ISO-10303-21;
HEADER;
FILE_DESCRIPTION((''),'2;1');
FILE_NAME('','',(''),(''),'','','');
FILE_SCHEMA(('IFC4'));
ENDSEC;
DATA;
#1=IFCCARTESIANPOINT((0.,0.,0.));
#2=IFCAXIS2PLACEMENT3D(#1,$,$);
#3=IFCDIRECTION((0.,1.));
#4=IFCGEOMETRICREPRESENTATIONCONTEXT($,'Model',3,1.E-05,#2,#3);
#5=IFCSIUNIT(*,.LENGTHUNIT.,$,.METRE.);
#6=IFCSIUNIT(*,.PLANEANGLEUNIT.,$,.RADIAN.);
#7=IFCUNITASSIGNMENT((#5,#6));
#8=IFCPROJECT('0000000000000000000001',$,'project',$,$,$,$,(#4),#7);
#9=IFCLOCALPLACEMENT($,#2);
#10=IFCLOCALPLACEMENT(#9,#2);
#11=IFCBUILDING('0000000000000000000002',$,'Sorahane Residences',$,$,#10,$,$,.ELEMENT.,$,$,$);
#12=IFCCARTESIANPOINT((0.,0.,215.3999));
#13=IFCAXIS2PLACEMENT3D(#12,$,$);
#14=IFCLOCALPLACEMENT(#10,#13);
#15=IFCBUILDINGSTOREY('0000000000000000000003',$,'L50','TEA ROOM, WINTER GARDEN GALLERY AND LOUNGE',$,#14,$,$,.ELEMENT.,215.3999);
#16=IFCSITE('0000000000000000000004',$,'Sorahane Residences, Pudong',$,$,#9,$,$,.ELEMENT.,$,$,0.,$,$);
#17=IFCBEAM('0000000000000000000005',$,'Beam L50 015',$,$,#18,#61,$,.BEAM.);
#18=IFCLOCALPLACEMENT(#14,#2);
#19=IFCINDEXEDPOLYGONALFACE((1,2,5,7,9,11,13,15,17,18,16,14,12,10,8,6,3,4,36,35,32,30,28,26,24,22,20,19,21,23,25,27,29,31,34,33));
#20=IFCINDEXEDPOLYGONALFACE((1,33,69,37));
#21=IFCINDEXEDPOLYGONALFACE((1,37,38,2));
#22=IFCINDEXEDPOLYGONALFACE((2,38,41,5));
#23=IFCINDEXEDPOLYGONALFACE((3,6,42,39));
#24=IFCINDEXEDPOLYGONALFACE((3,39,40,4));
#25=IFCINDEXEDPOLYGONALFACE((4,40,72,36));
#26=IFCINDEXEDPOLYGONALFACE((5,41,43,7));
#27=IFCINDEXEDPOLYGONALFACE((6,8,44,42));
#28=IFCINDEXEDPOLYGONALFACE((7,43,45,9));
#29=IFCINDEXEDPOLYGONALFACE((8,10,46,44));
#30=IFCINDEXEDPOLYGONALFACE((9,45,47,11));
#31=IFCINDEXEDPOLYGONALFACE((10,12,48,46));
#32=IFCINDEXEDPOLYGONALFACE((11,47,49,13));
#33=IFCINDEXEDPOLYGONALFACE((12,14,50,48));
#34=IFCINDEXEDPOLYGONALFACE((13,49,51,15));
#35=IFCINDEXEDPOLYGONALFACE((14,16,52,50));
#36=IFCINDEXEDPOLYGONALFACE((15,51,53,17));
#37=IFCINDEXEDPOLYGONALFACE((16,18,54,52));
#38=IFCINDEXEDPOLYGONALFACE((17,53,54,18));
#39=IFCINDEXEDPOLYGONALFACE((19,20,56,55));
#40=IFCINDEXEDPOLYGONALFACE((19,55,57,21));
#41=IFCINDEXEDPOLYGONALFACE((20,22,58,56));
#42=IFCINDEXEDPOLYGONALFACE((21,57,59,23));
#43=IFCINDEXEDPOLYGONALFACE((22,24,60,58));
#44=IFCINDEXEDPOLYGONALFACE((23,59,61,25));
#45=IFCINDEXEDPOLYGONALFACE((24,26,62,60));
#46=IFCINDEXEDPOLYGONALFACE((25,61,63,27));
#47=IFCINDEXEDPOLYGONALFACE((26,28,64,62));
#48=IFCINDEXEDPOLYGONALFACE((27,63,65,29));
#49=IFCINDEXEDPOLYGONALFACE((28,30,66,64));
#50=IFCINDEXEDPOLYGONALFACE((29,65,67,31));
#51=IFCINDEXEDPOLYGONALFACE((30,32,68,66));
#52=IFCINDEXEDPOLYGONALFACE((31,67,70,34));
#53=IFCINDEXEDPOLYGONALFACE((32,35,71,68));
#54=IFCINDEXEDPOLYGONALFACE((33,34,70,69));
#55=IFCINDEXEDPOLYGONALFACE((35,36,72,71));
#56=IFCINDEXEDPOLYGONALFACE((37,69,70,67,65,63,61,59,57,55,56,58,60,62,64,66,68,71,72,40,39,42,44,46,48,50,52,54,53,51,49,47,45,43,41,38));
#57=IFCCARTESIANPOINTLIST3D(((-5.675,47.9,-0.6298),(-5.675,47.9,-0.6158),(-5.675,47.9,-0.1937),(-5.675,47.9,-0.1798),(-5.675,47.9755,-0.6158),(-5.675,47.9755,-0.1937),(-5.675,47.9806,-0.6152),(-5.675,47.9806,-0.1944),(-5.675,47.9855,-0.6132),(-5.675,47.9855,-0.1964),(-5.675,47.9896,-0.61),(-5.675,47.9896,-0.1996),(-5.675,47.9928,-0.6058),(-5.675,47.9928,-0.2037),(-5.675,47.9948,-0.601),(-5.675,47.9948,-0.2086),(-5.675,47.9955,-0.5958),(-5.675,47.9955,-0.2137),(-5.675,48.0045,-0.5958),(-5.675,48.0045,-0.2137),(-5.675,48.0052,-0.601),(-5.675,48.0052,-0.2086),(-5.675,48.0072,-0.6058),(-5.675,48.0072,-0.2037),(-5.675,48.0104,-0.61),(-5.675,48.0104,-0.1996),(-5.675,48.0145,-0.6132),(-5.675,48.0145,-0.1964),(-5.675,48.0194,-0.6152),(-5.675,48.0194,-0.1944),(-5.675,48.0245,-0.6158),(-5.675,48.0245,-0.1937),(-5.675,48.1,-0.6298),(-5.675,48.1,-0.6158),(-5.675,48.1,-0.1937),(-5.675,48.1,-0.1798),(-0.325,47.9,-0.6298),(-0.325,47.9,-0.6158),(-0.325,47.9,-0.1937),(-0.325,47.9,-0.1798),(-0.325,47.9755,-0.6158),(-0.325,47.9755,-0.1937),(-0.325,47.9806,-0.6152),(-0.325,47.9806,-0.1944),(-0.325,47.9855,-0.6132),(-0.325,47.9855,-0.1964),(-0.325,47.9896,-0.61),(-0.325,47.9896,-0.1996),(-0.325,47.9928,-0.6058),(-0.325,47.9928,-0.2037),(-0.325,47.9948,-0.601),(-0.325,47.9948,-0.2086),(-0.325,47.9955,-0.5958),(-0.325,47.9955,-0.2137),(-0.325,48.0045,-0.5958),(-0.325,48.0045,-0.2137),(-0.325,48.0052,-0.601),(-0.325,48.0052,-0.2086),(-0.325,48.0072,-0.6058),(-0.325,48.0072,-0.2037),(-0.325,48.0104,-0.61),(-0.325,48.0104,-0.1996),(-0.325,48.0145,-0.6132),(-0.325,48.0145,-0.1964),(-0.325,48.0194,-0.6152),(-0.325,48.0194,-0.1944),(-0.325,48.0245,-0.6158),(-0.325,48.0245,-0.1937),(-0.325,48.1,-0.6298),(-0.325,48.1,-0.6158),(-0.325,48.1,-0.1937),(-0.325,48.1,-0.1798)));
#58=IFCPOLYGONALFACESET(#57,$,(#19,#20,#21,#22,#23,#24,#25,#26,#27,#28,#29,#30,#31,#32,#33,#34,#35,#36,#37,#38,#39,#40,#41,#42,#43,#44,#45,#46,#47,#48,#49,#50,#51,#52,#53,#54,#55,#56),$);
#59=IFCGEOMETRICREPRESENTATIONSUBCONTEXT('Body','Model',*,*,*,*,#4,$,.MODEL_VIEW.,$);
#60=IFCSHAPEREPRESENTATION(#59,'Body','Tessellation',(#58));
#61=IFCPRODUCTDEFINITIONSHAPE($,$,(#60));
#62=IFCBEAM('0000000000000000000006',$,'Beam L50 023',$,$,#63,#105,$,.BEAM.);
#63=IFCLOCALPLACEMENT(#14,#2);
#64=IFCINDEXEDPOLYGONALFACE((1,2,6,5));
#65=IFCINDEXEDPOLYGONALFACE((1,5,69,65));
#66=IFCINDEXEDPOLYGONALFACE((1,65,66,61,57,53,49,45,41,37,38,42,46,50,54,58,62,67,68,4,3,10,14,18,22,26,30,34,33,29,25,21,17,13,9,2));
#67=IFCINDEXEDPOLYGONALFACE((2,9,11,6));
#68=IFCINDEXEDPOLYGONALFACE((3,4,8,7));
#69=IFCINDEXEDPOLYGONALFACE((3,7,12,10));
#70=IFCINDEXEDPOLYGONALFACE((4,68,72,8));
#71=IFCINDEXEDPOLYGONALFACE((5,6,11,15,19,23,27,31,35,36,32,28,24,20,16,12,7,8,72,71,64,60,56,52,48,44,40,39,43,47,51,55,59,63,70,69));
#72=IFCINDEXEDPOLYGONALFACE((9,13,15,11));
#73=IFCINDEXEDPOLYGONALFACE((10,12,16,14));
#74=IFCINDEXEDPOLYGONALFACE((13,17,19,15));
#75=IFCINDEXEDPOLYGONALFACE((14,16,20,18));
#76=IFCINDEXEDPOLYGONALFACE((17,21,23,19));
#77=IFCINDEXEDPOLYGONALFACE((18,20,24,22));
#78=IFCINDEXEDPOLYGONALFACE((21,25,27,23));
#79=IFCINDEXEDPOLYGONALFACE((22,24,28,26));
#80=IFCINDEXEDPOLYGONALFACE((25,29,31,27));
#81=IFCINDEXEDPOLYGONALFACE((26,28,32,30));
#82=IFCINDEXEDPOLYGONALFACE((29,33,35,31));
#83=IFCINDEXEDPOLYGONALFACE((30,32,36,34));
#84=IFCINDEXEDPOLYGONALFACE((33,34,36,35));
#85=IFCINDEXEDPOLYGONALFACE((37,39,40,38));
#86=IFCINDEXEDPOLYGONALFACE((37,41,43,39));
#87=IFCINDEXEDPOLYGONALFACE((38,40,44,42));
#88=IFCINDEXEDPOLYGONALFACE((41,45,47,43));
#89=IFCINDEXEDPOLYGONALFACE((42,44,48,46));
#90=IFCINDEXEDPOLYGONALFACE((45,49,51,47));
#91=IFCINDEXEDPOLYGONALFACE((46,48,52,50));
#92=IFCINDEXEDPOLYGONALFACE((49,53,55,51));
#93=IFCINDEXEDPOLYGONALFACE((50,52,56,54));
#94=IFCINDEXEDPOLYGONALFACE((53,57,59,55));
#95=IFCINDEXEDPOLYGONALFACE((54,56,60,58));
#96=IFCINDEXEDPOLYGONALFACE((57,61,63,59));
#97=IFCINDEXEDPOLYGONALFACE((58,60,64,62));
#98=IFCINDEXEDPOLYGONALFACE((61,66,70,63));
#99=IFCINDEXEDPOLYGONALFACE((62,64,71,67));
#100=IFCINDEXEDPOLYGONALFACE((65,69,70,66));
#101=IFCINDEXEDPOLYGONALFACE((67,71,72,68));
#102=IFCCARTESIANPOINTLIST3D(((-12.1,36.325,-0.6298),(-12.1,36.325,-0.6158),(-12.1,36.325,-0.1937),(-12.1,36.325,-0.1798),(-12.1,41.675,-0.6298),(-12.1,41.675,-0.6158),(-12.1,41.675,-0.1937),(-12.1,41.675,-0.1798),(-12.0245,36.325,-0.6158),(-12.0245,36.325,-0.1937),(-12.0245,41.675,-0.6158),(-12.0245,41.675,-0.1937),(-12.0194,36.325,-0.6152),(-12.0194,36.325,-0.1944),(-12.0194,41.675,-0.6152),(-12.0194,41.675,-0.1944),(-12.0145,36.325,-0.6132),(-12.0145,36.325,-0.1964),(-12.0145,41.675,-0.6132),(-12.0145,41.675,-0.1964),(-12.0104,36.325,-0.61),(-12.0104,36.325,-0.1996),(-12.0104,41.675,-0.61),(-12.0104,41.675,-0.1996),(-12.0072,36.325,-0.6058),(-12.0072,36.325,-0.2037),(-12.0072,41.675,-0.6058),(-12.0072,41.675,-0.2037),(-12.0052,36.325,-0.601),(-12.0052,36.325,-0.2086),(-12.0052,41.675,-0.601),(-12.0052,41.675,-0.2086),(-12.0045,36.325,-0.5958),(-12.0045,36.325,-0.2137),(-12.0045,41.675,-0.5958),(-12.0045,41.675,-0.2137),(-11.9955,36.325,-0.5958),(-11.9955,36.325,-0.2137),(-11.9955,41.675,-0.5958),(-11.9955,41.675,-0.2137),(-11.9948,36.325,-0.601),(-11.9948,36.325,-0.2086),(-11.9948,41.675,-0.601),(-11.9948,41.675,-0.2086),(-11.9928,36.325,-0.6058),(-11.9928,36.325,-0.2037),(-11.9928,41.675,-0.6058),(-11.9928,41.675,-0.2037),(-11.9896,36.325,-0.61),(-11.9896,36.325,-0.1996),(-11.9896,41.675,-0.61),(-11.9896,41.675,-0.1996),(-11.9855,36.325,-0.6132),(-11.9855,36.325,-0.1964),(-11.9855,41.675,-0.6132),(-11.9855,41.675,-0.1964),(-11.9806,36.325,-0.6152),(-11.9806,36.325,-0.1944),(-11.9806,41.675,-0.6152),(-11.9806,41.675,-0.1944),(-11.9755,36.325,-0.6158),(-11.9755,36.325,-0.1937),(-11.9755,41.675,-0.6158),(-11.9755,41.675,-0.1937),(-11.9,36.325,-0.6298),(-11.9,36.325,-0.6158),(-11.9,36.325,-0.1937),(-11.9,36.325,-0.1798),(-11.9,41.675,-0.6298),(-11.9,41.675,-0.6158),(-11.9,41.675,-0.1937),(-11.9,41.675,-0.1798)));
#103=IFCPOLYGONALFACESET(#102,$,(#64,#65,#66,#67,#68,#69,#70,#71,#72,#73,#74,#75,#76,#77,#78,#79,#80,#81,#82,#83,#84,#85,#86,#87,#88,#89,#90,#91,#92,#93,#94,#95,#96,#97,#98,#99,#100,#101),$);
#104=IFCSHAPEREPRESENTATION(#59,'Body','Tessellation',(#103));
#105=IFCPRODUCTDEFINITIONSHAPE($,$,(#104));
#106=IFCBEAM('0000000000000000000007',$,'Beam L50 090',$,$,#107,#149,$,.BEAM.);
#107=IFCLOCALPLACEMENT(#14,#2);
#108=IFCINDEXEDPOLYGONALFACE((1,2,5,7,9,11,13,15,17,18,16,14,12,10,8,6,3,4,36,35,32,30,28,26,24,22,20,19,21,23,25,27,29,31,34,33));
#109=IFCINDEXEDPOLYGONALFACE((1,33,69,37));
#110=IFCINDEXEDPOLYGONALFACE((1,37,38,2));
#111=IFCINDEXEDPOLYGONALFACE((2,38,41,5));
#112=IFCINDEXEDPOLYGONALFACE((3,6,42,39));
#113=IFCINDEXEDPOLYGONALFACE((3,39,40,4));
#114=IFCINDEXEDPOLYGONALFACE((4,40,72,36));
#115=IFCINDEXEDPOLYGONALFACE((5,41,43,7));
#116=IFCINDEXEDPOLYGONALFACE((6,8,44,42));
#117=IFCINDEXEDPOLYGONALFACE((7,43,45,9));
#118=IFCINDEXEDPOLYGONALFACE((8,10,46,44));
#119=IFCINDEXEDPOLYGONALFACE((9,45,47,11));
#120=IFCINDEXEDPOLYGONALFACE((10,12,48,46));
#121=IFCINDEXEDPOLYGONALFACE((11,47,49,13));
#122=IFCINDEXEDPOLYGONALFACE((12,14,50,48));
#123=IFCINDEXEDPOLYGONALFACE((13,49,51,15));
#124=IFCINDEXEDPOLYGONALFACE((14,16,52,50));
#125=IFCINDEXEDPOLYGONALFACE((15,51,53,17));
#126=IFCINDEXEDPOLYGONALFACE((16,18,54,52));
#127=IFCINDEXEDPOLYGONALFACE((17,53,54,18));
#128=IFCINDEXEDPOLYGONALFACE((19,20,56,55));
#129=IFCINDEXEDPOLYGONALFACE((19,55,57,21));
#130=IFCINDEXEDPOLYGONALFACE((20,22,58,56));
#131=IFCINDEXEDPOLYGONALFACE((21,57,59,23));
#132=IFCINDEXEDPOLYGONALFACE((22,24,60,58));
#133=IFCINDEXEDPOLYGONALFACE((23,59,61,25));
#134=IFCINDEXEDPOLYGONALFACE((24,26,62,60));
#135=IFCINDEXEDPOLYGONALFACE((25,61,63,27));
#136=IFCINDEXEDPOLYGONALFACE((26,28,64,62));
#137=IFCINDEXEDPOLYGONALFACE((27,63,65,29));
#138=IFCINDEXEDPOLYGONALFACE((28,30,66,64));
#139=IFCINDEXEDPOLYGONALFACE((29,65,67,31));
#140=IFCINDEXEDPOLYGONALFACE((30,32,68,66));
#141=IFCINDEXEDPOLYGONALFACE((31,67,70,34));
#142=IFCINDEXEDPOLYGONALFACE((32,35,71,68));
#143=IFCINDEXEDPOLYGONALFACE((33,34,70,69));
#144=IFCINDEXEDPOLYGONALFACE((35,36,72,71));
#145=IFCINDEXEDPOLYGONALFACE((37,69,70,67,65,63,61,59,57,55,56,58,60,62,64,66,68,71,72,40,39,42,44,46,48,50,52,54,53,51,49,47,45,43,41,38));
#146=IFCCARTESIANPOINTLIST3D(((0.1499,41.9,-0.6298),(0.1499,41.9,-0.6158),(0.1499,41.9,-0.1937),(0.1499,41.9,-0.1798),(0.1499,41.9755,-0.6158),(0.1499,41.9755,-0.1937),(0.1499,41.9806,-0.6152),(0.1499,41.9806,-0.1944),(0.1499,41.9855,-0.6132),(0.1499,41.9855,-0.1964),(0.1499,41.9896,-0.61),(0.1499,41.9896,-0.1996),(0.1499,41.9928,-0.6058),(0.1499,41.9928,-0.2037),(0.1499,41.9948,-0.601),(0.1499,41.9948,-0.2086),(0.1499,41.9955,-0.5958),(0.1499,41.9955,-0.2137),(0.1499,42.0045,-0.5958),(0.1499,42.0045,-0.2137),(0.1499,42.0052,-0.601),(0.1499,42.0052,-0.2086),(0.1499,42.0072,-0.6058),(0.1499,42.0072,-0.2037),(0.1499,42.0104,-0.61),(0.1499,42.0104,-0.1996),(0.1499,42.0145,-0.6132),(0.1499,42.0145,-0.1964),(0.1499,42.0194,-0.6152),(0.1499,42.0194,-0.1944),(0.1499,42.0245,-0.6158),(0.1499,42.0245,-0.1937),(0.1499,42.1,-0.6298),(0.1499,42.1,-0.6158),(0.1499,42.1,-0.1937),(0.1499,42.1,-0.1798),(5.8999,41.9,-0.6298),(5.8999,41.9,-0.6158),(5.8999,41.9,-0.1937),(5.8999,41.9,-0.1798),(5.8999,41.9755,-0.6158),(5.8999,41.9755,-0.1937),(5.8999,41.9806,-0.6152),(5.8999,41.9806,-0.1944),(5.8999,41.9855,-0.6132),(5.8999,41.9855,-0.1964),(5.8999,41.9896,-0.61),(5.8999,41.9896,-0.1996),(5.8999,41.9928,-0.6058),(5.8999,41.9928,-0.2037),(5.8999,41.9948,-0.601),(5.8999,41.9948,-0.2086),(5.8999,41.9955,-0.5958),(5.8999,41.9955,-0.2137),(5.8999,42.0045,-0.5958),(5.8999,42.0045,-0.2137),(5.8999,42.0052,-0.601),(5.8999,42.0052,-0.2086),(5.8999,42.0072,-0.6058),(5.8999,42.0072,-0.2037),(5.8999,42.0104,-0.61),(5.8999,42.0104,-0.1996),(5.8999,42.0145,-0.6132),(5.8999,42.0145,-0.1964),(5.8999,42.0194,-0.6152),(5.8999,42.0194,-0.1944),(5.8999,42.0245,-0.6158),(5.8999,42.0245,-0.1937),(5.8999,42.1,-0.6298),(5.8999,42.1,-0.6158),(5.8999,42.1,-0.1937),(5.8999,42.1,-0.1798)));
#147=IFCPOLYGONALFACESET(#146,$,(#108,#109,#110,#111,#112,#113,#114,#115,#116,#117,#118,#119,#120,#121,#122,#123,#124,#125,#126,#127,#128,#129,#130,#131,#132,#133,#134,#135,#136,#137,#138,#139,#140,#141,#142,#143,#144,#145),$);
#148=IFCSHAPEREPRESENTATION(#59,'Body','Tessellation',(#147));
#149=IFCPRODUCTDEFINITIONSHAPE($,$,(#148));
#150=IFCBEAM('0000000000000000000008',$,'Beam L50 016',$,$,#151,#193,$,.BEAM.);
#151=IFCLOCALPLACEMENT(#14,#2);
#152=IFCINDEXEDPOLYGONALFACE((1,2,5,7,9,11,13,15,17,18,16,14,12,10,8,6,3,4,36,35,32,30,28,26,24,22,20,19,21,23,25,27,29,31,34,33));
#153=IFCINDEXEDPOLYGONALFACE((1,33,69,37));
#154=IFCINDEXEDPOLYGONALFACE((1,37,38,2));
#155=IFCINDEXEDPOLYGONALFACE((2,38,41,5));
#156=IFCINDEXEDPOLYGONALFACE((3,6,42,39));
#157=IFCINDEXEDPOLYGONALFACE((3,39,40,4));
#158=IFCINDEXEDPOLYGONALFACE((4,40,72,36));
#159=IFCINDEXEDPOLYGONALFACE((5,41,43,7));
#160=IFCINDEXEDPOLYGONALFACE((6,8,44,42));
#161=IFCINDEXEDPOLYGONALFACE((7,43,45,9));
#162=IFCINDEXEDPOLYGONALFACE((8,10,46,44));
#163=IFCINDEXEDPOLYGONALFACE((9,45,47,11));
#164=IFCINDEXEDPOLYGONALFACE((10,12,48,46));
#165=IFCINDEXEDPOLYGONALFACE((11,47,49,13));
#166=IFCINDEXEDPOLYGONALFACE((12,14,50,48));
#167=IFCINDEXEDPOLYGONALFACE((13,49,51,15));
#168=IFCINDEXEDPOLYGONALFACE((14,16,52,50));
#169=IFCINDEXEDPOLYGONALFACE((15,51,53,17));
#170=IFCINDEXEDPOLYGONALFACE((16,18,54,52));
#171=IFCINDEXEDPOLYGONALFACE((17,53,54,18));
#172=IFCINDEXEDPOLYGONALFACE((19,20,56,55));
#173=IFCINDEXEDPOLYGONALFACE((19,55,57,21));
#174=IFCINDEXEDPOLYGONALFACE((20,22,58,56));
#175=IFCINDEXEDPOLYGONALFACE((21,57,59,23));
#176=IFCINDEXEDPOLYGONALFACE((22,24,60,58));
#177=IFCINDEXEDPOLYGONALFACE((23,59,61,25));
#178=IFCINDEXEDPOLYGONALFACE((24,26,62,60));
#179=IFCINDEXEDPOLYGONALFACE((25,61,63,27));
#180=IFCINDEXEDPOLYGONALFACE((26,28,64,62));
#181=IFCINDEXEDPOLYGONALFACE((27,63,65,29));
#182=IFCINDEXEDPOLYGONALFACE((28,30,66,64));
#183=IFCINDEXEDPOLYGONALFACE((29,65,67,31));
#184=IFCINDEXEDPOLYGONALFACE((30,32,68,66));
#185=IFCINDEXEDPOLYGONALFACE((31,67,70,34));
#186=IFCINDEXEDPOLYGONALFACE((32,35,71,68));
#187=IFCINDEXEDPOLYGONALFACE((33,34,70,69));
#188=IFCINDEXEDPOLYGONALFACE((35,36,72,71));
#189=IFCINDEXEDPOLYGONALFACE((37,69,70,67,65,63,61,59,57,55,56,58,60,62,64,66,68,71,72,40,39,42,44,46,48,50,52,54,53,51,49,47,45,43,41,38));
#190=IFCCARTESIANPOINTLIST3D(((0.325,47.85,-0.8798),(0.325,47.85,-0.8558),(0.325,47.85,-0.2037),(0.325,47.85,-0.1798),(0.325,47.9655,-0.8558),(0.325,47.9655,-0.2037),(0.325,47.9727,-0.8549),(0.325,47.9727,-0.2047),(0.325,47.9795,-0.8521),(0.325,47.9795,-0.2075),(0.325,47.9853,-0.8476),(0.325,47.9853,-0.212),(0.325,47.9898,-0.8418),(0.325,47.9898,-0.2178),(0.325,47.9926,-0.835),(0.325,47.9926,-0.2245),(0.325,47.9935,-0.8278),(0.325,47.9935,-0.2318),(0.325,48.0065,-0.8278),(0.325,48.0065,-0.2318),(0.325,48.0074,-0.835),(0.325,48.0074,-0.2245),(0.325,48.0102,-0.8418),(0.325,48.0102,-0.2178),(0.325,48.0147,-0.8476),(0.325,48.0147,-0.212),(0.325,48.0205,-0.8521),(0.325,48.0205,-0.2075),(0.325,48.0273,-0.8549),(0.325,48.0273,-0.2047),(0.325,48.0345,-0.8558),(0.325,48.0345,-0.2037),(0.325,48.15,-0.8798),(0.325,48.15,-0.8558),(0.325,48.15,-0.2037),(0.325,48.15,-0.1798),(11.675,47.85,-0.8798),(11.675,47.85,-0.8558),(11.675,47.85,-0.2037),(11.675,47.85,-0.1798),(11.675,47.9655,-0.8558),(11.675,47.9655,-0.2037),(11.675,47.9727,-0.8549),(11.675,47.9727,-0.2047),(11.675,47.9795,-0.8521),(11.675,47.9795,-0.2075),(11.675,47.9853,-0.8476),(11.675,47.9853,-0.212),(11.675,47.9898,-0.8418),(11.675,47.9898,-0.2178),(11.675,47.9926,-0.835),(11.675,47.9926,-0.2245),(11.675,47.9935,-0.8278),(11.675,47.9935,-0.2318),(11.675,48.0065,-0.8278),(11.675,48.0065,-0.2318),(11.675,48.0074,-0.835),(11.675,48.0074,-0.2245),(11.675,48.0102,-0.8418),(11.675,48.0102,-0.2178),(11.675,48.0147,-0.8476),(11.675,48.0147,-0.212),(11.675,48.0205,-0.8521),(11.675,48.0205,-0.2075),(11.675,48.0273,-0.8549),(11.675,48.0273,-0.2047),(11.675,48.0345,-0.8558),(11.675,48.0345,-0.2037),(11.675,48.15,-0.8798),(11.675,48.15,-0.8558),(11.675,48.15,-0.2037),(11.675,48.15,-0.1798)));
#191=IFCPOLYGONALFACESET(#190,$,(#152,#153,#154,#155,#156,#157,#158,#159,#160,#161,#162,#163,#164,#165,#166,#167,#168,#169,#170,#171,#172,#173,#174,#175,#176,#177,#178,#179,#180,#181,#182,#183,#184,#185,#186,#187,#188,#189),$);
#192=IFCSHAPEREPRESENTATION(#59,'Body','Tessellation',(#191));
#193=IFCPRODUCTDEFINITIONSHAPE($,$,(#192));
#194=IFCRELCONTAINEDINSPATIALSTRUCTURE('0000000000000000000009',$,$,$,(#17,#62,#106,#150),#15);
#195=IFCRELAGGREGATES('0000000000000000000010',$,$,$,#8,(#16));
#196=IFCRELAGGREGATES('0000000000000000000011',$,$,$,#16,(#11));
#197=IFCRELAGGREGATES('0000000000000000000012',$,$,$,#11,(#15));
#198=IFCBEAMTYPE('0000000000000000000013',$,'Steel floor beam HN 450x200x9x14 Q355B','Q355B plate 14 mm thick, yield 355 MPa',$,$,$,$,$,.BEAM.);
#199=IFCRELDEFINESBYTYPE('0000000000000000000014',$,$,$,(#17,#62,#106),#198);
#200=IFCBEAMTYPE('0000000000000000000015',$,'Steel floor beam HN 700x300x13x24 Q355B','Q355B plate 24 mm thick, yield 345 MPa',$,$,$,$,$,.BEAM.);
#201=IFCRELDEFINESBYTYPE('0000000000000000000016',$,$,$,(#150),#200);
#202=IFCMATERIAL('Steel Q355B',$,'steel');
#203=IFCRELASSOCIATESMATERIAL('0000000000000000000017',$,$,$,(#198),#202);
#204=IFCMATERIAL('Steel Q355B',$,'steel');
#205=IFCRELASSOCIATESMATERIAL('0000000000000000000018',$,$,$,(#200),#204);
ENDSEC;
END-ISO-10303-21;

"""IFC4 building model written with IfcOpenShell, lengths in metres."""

from ifc_helpers import new_model, si_unit, direction, frame, origin, origin_2d, place, context, subcontext, project, spatial, i_section, extrude, material, material_profile, profile_set, type_object, element, save


model = new_model("IFC4")

# Units and contexts
model_context = context("Model", 3, precision=1e-05, world=origin(), true_north=direction((0.0, 1.0)))
body_context = subcontext(model_context, "Body", "Model", "MODEL_VIEW")
ifc_project = project(units=[si_unit("LENGTHUNIT", "METRE"), si_unit("PLANEANGLEUNIT", "RADIAN")], contexts=[model_context])

# Site, building, storey
site_placement = place(None, origin())
site = spatial("IfcSite", under=ifc_project, at=site_placement, Name="Sorahane Residences, Pudong", CompositionType="ELEMENT", RefElevation=0.0)
building_placement = place(site_placement, origin())
building = spatial("IfcBuilding", under=site, at=building_placement, Name="Sorahane Residences", CompositionType="ELEMENT")
storey_placement = place(building_placement, frame((0.0, 0.0, 215.3999)))
storey = spatial("IfcBuildingStorey", under=building, at=storey_placement, Name="L50", Description="TEA ROOM, WINTER GARDEN GALLERY AND LOUNGE", CompositionType="ELEMENT", Elevation=215.3999)

# Beams
ifc_material_1 = material(Name="Steel Q355B", Category="steel")
ifc_material_profile_1 = material_profile(ifc_material_1, i_section(OverallWidth=0.2, OverallDepth=0.45, WebThickness=0.009, FlangeThickness=0.0139, FilletRadius=0.02, at=origin_2d()), Name="HN 450x200x9x14")
ifc_profile_set_1 = profile_set([ifc_material_profile_1], Name="Steel Q355B")
beam_type_1 = type_object("IfcBeamType", Name="Steel floor beam HN 450x200x9x14 Q355B", Description="Q355B plate 14 mm thick, yield 355 MPa", PredefinedType="BEAM", material=ifc_profile_set_1)
for number, where, z_axis, x_axis, name in (
    (1, (-5.675, 48.0, -0.4048), (1.0, 0.0, 0.0), (0.0, 1.0, 0.0), "Beam L50 015"),
    (2, (-12.0, 36.325, -0.4048), (0.0, 1.0, 0.0), (-1.0, 0.0, 0.0), "Beam L50 023"),
):
    element("IfcBeam", number, at=place(storey_placement, frame(where, z_axis=z_axis, x_axis=x_axis)), inside=storey, type_object=beam_type_1, Name=name, PredefinedType="BEAM", context=body_context, shape_type="SweptSolid", body=[
        extrude(i_section(OverallWidth=0.2, OverallDepth=0.45, WebThickness=0.009, FlangeThickness=0.0139, FilletRadius=0.02, at=origin_2d()), origin(), (0.0, 0.0, 1.0), 5.3501),
    ])
beam_1_placement = place(storey_placement, frame((0.1499, 42.0, -0.4048), z_axis=(1.0, 0.0, 0.0), x_axis=(0.0, 1.0, 0.0)))
element("IfcBeam", 3, at=beam_1_placement, inside=storey, type_object=beam_type_1, Name="Beam L50 090", PredefinedType="BEAM", context=body_context, shape_type="SweptSolid", body=[
    extrude(i_section(OverallWidth=0.2, OverallDepth=0.45, WebThickness=0.009, FlangeThickness=0.0139, FilletRadius=0.02, at=origin_2d()), origin(), (0.0, 0.0, 1.0), 5.75),
])
ifc_material_2 = material(Name="Steel Q355B", Category="steel")
ifc_material_profile_2 = material_profile(ifc_material_2, i_section(OverallWidth=0.3, OverallDepth=0.7, WebThickness=0.0129, FlangeThickness=0.0239, FilletRadius=0.0281, at=origin_2d()), Name="HN 700x300x13x24")
ifc_profile_set_2 = profile_set([ifc_material_profile_2], Name="Steel Q355B")
beam_type_2 = type_object("IfcBeamType", Name="Steel floor beam HN 700x300x13x24 Q355B", Description="Q355B plate 24 mm thick, yield 345 MPa", PredefinedType="BEAM", material=ifc_profile_set_2)
beam_2_placement = place(storey_placement, frame((0.325, 48.0, -0.5298), z_axis=(1.0, 0.0, 0.0), x_axis=(0.0, 1.0, 0.0)))
element("IfcBeam", 4, at=beam_2_placement, inside=storey, type_object=beam_type_2, Name="Beam L50 016", PredefinedType="BEAM", context=body_context, shape_type="SweptSolid", body=[
    extrude(i_section(OverallWidth=0.3, OverallDepth=0.7, WebThickness=0.0129, FlangeThickness=0.0239, FilletRadius=0.0281, at=origin_2d()), origin(), (0.0, 0.0, 1.0), 11.3501),
])

save(model, "model.ifc")
